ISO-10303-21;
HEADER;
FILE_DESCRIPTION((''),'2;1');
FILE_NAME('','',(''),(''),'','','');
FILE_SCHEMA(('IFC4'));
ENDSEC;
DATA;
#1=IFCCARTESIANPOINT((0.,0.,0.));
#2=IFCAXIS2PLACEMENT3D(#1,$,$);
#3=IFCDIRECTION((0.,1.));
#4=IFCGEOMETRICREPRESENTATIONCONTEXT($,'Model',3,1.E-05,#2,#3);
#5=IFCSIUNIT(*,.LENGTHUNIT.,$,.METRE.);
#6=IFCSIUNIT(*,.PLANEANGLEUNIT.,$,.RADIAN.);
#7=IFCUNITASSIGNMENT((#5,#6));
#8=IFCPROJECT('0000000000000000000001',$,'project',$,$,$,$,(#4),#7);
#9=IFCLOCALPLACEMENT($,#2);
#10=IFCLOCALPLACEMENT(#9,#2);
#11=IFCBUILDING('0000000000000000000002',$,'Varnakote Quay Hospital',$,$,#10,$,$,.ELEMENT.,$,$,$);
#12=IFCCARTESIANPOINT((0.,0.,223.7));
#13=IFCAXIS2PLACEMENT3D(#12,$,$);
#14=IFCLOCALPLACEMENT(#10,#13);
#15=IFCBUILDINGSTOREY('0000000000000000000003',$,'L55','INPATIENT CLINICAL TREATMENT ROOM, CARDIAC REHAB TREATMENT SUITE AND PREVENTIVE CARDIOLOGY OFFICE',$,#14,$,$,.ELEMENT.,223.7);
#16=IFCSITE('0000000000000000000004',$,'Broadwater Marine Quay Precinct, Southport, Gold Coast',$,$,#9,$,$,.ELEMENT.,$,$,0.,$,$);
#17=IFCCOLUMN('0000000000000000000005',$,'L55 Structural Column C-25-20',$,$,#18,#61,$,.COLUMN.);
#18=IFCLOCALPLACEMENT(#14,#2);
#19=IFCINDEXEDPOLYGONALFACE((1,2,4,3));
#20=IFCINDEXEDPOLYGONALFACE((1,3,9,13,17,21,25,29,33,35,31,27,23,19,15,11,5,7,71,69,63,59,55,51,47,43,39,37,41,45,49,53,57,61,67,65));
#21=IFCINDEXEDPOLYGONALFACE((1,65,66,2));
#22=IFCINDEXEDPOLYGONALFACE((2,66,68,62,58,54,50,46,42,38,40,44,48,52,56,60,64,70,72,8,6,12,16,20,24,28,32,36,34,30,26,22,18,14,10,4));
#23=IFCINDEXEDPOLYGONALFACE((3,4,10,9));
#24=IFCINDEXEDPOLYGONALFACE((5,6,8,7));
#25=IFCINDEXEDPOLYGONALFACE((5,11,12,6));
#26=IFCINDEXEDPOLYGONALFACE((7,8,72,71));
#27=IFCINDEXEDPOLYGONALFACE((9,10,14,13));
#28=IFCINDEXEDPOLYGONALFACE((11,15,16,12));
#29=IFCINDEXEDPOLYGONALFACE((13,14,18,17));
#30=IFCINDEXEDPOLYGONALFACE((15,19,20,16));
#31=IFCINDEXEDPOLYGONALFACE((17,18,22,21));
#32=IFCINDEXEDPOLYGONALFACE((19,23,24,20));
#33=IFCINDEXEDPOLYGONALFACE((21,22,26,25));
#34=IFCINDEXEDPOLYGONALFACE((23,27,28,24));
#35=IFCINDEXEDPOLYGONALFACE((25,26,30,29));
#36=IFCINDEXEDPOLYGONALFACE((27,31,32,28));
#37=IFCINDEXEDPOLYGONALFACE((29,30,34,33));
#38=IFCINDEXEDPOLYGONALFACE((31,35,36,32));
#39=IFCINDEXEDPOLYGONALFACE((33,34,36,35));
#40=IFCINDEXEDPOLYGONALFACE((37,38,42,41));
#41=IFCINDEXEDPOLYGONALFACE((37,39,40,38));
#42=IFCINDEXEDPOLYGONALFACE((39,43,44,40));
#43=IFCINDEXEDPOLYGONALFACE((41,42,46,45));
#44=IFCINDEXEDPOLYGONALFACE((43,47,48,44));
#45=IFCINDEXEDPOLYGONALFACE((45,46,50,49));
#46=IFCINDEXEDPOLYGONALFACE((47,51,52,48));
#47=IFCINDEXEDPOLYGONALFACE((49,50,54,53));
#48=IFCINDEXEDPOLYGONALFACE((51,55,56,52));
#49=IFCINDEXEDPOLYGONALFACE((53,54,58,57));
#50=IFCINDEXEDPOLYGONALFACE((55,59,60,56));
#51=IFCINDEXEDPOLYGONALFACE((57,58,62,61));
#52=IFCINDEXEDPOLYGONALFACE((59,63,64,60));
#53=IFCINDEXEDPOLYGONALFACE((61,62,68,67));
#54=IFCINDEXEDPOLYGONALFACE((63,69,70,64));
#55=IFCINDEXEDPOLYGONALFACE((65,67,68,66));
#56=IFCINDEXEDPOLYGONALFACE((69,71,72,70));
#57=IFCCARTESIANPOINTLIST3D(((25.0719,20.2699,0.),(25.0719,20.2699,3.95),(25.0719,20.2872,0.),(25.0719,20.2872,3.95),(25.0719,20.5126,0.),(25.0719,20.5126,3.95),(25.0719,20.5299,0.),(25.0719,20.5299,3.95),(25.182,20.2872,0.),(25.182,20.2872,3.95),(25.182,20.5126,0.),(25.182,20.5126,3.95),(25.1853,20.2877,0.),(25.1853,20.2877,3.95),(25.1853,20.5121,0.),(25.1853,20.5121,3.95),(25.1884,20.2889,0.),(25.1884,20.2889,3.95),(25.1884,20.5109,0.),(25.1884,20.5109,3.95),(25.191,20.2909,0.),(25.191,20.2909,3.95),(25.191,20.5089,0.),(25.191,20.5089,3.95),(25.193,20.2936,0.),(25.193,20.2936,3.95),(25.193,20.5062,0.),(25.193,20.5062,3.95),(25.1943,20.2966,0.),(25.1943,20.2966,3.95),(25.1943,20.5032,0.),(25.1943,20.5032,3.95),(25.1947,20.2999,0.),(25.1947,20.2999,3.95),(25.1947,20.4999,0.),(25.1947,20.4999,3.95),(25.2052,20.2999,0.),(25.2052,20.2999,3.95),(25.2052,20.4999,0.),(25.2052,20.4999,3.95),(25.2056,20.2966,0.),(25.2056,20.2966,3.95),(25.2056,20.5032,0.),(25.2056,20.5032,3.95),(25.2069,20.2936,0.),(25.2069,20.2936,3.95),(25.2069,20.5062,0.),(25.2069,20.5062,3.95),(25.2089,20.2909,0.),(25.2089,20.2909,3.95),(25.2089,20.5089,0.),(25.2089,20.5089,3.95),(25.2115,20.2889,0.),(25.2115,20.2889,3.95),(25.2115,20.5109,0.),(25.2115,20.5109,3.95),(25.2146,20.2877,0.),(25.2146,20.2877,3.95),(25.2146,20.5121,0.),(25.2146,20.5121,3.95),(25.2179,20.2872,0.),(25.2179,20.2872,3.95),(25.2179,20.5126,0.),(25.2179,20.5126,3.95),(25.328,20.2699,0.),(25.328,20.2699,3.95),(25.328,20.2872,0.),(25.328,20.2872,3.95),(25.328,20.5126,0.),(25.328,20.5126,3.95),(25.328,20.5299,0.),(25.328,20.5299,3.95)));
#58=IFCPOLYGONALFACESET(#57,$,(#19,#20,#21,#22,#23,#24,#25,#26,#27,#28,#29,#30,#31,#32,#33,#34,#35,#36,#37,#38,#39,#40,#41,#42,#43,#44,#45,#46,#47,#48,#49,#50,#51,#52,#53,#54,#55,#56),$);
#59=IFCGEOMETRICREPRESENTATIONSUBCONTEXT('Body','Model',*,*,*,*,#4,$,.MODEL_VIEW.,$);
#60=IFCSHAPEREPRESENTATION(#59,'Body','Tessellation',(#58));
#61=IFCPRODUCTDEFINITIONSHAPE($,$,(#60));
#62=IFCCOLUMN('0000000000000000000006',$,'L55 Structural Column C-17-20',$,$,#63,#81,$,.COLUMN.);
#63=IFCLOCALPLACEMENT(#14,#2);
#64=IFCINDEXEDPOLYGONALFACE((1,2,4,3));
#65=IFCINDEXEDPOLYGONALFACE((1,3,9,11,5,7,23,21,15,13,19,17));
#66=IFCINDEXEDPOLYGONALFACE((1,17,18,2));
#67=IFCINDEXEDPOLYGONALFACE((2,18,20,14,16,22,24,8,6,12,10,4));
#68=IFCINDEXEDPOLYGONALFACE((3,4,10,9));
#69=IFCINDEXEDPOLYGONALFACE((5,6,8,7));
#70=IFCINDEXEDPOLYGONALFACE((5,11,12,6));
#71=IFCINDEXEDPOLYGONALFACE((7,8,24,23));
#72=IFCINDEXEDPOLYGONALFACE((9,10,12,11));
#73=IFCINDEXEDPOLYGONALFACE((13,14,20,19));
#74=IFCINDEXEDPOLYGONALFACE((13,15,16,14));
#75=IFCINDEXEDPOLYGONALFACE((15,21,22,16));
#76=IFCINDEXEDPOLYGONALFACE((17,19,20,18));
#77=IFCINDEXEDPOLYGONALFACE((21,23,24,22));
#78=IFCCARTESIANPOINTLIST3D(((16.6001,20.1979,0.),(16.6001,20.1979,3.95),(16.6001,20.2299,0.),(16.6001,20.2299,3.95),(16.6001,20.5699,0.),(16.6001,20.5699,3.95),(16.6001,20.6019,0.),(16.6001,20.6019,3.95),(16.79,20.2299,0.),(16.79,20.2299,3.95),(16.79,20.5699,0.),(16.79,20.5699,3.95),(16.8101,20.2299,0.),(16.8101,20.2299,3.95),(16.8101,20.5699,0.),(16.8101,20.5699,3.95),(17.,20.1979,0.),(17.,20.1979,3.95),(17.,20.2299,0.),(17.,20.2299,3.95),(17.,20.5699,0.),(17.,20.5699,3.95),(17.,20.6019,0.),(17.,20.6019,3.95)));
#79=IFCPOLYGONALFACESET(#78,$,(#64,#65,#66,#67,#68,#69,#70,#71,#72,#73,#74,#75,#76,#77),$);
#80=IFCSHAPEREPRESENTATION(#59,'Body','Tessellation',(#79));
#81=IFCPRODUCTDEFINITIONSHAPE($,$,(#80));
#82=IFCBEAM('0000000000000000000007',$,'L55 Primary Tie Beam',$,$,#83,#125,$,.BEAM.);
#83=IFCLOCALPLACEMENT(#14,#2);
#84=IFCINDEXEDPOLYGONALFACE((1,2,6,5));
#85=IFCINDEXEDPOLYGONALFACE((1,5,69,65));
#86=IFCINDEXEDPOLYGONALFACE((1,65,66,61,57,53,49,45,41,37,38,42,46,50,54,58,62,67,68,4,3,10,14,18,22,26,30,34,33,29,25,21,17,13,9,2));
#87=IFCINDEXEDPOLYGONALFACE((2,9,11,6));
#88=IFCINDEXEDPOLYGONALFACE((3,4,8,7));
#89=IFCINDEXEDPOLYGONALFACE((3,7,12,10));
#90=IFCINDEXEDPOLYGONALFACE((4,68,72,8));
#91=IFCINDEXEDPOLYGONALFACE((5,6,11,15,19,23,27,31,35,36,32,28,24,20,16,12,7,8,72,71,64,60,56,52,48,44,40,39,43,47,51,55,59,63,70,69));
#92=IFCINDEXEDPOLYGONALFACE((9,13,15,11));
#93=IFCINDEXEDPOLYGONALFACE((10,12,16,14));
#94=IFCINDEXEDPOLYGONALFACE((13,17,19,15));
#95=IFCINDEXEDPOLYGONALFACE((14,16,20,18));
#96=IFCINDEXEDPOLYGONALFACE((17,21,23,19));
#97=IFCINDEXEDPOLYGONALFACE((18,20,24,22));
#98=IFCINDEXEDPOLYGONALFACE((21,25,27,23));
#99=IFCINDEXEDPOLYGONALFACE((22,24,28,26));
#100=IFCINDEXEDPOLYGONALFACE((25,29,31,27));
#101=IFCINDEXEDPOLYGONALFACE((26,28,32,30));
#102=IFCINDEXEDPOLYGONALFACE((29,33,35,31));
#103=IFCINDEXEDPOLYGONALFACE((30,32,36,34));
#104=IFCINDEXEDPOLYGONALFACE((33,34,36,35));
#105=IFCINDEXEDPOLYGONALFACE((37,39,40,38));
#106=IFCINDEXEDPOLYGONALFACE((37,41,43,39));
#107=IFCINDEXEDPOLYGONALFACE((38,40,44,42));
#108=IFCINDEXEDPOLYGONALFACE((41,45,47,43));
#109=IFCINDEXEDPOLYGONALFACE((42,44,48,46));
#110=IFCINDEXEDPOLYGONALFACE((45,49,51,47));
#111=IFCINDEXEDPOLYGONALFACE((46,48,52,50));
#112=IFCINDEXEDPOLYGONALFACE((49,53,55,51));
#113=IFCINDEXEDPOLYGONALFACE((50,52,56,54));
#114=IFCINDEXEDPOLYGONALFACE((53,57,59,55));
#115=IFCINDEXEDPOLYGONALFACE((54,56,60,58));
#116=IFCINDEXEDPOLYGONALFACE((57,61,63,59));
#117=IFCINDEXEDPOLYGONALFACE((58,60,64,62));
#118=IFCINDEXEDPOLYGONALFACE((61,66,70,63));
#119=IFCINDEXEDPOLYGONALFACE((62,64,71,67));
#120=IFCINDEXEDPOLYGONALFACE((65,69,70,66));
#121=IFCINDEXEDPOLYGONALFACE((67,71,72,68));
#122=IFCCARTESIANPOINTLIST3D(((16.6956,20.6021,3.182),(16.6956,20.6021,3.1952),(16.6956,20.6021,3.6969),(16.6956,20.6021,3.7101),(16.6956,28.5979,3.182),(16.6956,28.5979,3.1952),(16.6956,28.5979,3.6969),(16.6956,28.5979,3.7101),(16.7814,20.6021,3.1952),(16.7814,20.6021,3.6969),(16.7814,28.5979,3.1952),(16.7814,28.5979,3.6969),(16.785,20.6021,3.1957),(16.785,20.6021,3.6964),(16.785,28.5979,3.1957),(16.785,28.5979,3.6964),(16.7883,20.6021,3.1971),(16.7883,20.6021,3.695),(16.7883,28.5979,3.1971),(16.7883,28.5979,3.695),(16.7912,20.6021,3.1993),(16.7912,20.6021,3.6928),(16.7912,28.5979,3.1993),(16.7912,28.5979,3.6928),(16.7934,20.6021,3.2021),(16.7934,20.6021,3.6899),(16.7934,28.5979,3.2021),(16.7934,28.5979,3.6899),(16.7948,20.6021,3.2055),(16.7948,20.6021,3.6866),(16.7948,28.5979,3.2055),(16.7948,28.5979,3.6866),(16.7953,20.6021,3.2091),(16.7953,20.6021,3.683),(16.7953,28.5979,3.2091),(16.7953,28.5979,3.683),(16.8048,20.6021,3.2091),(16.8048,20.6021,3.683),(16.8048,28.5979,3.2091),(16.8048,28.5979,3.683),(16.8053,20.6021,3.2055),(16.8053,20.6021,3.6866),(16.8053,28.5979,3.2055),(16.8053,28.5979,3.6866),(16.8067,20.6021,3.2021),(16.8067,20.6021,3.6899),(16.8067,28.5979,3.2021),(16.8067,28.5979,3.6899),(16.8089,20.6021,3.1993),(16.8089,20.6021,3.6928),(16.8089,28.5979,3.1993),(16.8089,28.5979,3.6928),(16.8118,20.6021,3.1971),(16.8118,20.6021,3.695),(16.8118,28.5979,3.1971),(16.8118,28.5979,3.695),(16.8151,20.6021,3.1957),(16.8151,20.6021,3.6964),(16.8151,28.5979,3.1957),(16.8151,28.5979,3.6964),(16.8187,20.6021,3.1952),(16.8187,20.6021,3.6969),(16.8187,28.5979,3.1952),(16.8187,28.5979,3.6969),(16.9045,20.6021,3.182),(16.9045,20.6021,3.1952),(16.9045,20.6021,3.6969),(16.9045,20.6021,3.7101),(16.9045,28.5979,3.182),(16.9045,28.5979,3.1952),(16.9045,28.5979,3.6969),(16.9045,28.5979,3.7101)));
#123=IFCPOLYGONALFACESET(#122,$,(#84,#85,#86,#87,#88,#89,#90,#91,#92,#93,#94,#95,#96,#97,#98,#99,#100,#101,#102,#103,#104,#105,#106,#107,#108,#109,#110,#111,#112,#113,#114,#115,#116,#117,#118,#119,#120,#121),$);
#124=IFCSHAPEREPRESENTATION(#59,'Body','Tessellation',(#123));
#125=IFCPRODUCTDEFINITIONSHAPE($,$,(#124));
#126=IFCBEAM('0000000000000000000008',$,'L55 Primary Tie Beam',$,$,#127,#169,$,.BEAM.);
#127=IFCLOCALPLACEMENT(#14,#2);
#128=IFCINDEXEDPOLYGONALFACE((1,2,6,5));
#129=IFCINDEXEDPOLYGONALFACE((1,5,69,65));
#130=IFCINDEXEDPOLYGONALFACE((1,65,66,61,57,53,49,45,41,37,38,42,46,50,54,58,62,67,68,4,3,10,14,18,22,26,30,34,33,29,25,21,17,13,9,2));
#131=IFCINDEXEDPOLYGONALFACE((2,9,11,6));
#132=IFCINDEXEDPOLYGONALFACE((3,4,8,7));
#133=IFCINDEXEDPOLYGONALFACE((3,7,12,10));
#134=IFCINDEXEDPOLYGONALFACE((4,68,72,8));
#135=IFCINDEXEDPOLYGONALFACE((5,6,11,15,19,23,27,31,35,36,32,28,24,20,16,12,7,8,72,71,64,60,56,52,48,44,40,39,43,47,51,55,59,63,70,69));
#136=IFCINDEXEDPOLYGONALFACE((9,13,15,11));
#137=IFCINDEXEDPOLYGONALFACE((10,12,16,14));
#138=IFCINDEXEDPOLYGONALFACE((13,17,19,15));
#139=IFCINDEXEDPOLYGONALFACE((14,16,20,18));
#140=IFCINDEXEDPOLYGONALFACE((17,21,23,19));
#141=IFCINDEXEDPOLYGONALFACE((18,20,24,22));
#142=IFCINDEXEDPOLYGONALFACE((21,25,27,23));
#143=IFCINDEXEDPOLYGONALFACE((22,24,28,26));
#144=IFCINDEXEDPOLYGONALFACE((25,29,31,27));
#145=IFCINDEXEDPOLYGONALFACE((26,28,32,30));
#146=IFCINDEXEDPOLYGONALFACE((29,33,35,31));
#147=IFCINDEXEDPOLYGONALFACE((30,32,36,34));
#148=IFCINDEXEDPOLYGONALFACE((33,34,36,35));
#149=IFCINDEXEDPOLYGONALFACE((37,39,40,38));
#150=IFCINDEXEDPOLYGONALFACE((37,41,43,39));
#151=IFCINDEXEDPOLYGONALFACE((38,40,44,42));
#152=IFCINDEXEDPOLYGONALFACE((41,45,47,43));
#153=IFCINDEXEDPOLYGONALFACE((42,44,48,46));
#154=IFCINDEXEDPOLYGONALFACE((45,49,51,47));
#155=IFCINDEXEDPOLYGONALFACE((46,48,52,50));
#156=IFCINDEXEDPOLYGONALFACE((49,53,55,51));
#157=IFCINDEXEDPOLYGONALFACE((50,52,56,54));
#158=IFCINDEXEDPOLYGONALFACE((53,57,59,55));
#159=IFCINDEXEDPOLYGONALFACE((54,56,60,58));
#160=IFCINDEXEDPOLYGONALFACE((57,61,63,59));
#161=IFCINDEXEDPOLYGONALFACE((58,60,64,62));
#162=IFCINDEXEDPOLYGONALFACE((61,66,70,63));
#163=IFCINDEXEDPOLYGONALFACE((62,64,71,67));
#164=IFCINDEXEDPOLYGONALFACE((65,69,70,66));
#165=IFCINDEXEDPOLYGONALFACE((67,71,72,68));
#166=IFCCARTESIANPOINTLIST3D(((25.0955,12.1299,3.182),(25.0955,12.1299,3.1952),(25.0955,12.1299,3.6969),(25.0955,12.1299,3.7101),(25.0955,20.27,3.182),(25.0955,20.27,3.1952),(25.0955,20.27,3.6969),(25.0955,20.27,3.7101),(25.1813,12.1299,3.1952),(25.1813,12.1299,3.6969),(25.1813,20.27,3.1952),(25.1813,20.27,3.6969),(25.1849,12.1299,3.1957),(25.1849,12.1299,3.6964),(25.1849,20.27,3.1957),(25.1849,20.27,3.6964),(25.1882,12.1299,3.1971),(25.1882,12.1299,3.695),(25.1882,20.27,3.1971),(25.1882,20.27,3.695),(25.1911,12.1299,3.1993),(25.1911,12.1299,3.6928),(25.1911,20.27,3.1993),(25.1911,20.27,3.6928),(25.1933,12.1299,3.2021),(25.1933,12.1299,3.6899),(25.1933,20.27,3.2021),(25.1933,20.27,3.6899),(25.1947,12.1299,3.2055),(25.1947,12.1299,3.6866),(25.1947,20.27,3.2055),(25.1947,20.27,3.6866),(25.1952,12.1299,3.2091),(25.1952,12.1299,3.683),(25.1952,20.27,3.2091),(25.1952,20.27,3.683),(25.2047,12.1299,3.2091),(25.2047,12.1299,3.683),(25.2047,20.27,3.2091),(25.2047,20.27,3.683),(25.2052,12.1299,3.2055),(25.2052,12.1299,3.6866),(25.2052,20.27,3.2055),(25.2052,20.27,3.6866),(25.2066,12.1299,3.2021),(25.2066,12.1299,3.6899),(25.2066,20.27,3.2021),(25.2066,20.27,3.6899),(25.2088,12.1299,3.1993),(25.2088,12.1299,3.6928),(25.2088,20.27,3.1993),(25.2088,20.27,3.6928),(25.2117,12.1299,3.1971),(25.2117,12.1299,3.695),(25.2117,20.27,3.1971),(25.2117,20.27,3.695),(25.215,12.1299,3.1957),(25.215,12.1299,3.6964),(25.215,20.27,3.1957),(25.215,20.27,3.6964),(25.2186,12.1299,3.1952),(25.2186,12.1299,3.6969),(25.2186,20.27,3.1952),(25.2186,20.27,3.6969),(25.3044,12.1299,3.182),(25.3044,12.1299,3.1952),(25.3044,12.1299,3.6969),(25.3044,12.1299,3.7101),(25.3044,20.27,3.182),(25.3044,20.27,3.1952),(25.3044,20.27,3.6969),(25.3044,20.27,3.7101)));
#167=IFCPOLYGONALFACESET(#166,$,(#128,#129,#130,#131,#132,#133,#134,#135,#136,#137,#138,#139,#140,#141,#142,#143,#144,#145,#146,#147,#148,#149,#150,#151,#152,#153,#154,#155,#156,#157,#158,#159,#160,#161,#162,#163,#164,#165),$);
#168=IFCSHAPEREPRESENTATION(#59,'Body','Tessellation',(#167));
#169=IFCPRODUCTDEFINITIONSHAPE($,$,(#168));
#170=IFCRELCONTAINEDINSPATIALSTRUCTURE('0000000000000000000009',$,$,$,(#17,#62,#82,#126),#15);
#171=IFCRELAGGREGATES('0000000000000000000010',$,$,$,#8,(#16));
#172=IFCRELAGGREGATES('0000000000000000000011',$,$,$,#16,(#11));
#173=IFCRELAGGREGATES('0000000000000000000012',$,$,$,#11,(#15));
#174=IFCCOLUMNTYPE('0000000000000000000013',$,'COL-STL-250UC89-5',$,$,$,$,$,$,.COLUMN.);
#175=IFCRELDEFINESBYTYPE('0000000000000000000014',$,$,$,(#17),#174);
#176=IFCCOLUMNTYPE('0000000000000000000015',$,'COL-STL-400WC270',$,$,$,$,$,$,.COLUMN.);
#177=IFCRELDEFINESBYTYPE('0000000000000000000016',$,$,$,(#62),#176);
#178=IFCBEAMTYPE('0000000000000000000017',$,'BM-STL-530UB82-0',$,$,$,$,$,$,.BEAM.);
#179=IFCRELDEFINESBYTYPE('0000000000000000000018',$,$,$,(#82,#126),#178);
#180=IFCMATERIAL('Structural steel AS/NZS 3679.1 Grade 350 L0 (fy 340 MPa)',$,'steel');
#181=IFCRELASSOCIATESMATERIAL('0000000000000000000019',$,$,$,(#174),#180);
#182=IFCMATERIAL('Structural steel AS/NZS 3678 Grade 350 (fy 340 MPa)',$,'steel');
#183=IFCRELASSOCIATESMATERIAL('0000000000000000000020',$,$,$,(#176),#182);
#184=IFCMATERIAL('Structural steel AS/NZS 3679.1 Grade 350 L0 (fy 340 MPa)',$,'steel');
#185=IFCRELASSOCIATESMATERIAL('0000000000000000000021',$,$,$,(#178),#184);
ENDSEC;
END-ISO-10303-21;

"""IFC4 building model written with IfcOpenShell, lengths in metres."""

from ifc_helpers import new_model, si_unit, direction, frame, origin, origin_2d, place, context, subcontext, project, spatial, i_section, extrude, material, material_profile, profile_set, type_object, element, save


model = new_model("IFC4")

# Units and contexts
model_context = context("Model", 3, precision=1e-05, world=origin(), true_north=direction((0.0, 1.0)))
body_context = subcontext(model_context, "Body", "Model", "MODEL_VIEW")
ifc_project = project(units=[si_unit("LENGTHUNIT", "METRE"), si_unit("PLANEANGLEUNIT", "RADIAN")], contexts=[model_context])

# Site, building, storey
site_placement = place(None, origin())
site = spatial("IfcSite", under=ifc_project, at=site_placement, Name="Broadwater Marine Quay Precinct, Southport, Gold Coast", CompositionType="ELEMENT", RefElevation=0.0)
building_placement = place(site_placement, origin())
building = spatial("IfcBuilding", under=site, at=building_placement, Name="Varnakote Quay Hospital", CompositionType="ELEMENT")
storey_placement = place(building_placement, frame((0.0, 0.0, 223.7)))
storey = spatial("IfcBuildingStorey", under=building, at=storey_placement, Name="L55", Description="INPATIENT CLINICAL TREATMENT ROOM, CARDIAC REHAB TREATMENT SUITE AND PREVENTIVE CARDIOLOGY OFFICE", CompositionType="ELEMENT", Elevation=223.7)

# Columns
ifc_material_1 = material(Name="Structural steel AS/NZS 3679.1 Grade 350 L0 (fy 340 MPa)", Category="steel")
ifc_material_profile_1 = material_profile(ifc_material_1, i_section(OverallWidth=0.2561, OverallDepth=0.26, WebThickness=0.0105, FlangeThickness=0.0173, FilletRadius=0.0127, at=origin_2d()), Name="250UC89.5")
ifc_profile_set_1 = profile_set([ifc_material_profile_1], Name="Structural steel AS/NZS 3679.1 Grade 350 L0 (fy 340 MPa)")
column_type_1 = type_object("IfcColumnType", Name="COL-STL-250UC89-5", PredefinedType="COLUMN", material=ifc_profile_set_1)
column_1_placement = place(storey_placement, frame((25.2, 20.3999, 0.0), z_axis=(0.0, 0.0, 1.0), x_axis=(1.0, 0.0, 0.0)))
element("IfcColumn", 1, at=column_1_placement, inside=storey, type_object=column_type_1, Name="L55 Structural Column C-25-20", PredefinedType="COLUMN", context=body_context, shape_type="SweptSolid", body=[
    extrude(i_section(OverallWidth=0.2561, OverallDepth=0.26, WebThickness=0.0105, FlangeThickness=0.0173, FilletRadius=0.0127, at=origin_2d()), origin(), (0.0, 0.0, 1.0), 3.95),
])
ifc_material_2 = material(Name="Structural steel AS/NZS 3678 Grade 350 (fy 340 MPa)", Category="steel")
ifc_material_profile_2 = material_profile(ifc_material_2, i_section(OverallWidth=0.3999, OverallDepth=0.4041, WebThickness=0.02, FlangeThickness=0.032, at=origin_2d()), Name="400WC270")
ifc_profile_set_2 = profile_set([ifc_material_profile_2], Name="Structural steel AS/NZS 3678 Grade 350 (fy 340 MPa)")
column_type_2 = type_object("IfcColumnType", Name="COL-STL-400WC270", PredefinedType="COLUMN", material=ifc_profile_set_2)
column_2_placement = place(storey_placement, frame((16.8, 20.3999, 0.0), z_axis=(0.0, 0.0, 1.0), x_axis=(1.0, 0.0, 0.0)))
element("IfcColumn", 2, at=column_2_placement, inside=storey, type_object=column_type_2, Name="L55 Structural Column C-17-20", PredefinedType="COLUMN", context=body_context, shape_type="SweptSolid", body=[
    extrude(i_section(OverallWidth=0.3999, OverallDepth=0.4041, WebThickness=0.02, FlangeThickness=0.032, at=origin_2d()), origin(), (0.0, 0.0, 1.0), 3.95),
])

# Beams
ifc_material_3 = material(Name="Structural steel AS/NZS 3679.1 Grade 350 L0 (fy 340 MPa)", Category="steel")
ifc_material_profile_3 = material_profile(ifc_material_3, i_section(OverallWidth=0.209, OverallDepth=0.5281, WebThickness=0.0095, FlangeThickness=0.0132, FilletRadius=0.0139, at=origin_2d()), Name="530UB82.0")
ifc_profile_set_3 = profile_set([ifc_material_profile_3], Name="Structural steel AS/NZS 3679.1 Grade 350 L0 (fy 340 MPa)")
beam_type_1 = type_object("IfcBeamType", Name="BM-STL-530UB82-0", PredefinedType="BEAM", material=ifc_profile_set_3)
beam_1_placement = place(storey_placement, frame((16.8, 20.6021, 3.446), z_axis=(0.0, 1.0, 0.0), x_axis=(-1.0, 0.0, 0.0)))
element("IfcBeam", 3, at=beam_1_placement, inside=storey, type_object=beam_type_1, Name="L55 Primary Tie Beam", PredefinedType="BEAM", context=body_context, shape_type="SweptSolid", body=[
    extrude(i_section(OverallWidth=0.209, OverallDepth=0.5281, WebThickness=0.0095, FlangeThickness=0.0132, FilletRadius=0.0139, at=origin_2d()), origin(), (0.0, 0.0, 1.0), 7.9958),
])
beam_2_placement = place(storey_placement, frame((25.2, 12.1299, 3.446), z_axis=(0.0, 1.0, 0.0), x_axis=(-1.0, 0.0, 0.0)))
element("IfcBeam", 4, at=beam_2_placement, inside=storey, type_object=beam_type_1, Name="L55 Primary Tie Beam", PredefinedType="BEAM", context=body_context, shape_type="SweptSolid", body=[
    extrude(i_section(OverallWidth=0.209, OverallDepth=0.5281, WebThickness=0.0095, FlangeThickness=0.0132, FilletRadius=0.0139, at=origin_2d()), origin(), (0.0, 0.0, 1.0), 8.1401),
])

save(model, "model.ifc")
